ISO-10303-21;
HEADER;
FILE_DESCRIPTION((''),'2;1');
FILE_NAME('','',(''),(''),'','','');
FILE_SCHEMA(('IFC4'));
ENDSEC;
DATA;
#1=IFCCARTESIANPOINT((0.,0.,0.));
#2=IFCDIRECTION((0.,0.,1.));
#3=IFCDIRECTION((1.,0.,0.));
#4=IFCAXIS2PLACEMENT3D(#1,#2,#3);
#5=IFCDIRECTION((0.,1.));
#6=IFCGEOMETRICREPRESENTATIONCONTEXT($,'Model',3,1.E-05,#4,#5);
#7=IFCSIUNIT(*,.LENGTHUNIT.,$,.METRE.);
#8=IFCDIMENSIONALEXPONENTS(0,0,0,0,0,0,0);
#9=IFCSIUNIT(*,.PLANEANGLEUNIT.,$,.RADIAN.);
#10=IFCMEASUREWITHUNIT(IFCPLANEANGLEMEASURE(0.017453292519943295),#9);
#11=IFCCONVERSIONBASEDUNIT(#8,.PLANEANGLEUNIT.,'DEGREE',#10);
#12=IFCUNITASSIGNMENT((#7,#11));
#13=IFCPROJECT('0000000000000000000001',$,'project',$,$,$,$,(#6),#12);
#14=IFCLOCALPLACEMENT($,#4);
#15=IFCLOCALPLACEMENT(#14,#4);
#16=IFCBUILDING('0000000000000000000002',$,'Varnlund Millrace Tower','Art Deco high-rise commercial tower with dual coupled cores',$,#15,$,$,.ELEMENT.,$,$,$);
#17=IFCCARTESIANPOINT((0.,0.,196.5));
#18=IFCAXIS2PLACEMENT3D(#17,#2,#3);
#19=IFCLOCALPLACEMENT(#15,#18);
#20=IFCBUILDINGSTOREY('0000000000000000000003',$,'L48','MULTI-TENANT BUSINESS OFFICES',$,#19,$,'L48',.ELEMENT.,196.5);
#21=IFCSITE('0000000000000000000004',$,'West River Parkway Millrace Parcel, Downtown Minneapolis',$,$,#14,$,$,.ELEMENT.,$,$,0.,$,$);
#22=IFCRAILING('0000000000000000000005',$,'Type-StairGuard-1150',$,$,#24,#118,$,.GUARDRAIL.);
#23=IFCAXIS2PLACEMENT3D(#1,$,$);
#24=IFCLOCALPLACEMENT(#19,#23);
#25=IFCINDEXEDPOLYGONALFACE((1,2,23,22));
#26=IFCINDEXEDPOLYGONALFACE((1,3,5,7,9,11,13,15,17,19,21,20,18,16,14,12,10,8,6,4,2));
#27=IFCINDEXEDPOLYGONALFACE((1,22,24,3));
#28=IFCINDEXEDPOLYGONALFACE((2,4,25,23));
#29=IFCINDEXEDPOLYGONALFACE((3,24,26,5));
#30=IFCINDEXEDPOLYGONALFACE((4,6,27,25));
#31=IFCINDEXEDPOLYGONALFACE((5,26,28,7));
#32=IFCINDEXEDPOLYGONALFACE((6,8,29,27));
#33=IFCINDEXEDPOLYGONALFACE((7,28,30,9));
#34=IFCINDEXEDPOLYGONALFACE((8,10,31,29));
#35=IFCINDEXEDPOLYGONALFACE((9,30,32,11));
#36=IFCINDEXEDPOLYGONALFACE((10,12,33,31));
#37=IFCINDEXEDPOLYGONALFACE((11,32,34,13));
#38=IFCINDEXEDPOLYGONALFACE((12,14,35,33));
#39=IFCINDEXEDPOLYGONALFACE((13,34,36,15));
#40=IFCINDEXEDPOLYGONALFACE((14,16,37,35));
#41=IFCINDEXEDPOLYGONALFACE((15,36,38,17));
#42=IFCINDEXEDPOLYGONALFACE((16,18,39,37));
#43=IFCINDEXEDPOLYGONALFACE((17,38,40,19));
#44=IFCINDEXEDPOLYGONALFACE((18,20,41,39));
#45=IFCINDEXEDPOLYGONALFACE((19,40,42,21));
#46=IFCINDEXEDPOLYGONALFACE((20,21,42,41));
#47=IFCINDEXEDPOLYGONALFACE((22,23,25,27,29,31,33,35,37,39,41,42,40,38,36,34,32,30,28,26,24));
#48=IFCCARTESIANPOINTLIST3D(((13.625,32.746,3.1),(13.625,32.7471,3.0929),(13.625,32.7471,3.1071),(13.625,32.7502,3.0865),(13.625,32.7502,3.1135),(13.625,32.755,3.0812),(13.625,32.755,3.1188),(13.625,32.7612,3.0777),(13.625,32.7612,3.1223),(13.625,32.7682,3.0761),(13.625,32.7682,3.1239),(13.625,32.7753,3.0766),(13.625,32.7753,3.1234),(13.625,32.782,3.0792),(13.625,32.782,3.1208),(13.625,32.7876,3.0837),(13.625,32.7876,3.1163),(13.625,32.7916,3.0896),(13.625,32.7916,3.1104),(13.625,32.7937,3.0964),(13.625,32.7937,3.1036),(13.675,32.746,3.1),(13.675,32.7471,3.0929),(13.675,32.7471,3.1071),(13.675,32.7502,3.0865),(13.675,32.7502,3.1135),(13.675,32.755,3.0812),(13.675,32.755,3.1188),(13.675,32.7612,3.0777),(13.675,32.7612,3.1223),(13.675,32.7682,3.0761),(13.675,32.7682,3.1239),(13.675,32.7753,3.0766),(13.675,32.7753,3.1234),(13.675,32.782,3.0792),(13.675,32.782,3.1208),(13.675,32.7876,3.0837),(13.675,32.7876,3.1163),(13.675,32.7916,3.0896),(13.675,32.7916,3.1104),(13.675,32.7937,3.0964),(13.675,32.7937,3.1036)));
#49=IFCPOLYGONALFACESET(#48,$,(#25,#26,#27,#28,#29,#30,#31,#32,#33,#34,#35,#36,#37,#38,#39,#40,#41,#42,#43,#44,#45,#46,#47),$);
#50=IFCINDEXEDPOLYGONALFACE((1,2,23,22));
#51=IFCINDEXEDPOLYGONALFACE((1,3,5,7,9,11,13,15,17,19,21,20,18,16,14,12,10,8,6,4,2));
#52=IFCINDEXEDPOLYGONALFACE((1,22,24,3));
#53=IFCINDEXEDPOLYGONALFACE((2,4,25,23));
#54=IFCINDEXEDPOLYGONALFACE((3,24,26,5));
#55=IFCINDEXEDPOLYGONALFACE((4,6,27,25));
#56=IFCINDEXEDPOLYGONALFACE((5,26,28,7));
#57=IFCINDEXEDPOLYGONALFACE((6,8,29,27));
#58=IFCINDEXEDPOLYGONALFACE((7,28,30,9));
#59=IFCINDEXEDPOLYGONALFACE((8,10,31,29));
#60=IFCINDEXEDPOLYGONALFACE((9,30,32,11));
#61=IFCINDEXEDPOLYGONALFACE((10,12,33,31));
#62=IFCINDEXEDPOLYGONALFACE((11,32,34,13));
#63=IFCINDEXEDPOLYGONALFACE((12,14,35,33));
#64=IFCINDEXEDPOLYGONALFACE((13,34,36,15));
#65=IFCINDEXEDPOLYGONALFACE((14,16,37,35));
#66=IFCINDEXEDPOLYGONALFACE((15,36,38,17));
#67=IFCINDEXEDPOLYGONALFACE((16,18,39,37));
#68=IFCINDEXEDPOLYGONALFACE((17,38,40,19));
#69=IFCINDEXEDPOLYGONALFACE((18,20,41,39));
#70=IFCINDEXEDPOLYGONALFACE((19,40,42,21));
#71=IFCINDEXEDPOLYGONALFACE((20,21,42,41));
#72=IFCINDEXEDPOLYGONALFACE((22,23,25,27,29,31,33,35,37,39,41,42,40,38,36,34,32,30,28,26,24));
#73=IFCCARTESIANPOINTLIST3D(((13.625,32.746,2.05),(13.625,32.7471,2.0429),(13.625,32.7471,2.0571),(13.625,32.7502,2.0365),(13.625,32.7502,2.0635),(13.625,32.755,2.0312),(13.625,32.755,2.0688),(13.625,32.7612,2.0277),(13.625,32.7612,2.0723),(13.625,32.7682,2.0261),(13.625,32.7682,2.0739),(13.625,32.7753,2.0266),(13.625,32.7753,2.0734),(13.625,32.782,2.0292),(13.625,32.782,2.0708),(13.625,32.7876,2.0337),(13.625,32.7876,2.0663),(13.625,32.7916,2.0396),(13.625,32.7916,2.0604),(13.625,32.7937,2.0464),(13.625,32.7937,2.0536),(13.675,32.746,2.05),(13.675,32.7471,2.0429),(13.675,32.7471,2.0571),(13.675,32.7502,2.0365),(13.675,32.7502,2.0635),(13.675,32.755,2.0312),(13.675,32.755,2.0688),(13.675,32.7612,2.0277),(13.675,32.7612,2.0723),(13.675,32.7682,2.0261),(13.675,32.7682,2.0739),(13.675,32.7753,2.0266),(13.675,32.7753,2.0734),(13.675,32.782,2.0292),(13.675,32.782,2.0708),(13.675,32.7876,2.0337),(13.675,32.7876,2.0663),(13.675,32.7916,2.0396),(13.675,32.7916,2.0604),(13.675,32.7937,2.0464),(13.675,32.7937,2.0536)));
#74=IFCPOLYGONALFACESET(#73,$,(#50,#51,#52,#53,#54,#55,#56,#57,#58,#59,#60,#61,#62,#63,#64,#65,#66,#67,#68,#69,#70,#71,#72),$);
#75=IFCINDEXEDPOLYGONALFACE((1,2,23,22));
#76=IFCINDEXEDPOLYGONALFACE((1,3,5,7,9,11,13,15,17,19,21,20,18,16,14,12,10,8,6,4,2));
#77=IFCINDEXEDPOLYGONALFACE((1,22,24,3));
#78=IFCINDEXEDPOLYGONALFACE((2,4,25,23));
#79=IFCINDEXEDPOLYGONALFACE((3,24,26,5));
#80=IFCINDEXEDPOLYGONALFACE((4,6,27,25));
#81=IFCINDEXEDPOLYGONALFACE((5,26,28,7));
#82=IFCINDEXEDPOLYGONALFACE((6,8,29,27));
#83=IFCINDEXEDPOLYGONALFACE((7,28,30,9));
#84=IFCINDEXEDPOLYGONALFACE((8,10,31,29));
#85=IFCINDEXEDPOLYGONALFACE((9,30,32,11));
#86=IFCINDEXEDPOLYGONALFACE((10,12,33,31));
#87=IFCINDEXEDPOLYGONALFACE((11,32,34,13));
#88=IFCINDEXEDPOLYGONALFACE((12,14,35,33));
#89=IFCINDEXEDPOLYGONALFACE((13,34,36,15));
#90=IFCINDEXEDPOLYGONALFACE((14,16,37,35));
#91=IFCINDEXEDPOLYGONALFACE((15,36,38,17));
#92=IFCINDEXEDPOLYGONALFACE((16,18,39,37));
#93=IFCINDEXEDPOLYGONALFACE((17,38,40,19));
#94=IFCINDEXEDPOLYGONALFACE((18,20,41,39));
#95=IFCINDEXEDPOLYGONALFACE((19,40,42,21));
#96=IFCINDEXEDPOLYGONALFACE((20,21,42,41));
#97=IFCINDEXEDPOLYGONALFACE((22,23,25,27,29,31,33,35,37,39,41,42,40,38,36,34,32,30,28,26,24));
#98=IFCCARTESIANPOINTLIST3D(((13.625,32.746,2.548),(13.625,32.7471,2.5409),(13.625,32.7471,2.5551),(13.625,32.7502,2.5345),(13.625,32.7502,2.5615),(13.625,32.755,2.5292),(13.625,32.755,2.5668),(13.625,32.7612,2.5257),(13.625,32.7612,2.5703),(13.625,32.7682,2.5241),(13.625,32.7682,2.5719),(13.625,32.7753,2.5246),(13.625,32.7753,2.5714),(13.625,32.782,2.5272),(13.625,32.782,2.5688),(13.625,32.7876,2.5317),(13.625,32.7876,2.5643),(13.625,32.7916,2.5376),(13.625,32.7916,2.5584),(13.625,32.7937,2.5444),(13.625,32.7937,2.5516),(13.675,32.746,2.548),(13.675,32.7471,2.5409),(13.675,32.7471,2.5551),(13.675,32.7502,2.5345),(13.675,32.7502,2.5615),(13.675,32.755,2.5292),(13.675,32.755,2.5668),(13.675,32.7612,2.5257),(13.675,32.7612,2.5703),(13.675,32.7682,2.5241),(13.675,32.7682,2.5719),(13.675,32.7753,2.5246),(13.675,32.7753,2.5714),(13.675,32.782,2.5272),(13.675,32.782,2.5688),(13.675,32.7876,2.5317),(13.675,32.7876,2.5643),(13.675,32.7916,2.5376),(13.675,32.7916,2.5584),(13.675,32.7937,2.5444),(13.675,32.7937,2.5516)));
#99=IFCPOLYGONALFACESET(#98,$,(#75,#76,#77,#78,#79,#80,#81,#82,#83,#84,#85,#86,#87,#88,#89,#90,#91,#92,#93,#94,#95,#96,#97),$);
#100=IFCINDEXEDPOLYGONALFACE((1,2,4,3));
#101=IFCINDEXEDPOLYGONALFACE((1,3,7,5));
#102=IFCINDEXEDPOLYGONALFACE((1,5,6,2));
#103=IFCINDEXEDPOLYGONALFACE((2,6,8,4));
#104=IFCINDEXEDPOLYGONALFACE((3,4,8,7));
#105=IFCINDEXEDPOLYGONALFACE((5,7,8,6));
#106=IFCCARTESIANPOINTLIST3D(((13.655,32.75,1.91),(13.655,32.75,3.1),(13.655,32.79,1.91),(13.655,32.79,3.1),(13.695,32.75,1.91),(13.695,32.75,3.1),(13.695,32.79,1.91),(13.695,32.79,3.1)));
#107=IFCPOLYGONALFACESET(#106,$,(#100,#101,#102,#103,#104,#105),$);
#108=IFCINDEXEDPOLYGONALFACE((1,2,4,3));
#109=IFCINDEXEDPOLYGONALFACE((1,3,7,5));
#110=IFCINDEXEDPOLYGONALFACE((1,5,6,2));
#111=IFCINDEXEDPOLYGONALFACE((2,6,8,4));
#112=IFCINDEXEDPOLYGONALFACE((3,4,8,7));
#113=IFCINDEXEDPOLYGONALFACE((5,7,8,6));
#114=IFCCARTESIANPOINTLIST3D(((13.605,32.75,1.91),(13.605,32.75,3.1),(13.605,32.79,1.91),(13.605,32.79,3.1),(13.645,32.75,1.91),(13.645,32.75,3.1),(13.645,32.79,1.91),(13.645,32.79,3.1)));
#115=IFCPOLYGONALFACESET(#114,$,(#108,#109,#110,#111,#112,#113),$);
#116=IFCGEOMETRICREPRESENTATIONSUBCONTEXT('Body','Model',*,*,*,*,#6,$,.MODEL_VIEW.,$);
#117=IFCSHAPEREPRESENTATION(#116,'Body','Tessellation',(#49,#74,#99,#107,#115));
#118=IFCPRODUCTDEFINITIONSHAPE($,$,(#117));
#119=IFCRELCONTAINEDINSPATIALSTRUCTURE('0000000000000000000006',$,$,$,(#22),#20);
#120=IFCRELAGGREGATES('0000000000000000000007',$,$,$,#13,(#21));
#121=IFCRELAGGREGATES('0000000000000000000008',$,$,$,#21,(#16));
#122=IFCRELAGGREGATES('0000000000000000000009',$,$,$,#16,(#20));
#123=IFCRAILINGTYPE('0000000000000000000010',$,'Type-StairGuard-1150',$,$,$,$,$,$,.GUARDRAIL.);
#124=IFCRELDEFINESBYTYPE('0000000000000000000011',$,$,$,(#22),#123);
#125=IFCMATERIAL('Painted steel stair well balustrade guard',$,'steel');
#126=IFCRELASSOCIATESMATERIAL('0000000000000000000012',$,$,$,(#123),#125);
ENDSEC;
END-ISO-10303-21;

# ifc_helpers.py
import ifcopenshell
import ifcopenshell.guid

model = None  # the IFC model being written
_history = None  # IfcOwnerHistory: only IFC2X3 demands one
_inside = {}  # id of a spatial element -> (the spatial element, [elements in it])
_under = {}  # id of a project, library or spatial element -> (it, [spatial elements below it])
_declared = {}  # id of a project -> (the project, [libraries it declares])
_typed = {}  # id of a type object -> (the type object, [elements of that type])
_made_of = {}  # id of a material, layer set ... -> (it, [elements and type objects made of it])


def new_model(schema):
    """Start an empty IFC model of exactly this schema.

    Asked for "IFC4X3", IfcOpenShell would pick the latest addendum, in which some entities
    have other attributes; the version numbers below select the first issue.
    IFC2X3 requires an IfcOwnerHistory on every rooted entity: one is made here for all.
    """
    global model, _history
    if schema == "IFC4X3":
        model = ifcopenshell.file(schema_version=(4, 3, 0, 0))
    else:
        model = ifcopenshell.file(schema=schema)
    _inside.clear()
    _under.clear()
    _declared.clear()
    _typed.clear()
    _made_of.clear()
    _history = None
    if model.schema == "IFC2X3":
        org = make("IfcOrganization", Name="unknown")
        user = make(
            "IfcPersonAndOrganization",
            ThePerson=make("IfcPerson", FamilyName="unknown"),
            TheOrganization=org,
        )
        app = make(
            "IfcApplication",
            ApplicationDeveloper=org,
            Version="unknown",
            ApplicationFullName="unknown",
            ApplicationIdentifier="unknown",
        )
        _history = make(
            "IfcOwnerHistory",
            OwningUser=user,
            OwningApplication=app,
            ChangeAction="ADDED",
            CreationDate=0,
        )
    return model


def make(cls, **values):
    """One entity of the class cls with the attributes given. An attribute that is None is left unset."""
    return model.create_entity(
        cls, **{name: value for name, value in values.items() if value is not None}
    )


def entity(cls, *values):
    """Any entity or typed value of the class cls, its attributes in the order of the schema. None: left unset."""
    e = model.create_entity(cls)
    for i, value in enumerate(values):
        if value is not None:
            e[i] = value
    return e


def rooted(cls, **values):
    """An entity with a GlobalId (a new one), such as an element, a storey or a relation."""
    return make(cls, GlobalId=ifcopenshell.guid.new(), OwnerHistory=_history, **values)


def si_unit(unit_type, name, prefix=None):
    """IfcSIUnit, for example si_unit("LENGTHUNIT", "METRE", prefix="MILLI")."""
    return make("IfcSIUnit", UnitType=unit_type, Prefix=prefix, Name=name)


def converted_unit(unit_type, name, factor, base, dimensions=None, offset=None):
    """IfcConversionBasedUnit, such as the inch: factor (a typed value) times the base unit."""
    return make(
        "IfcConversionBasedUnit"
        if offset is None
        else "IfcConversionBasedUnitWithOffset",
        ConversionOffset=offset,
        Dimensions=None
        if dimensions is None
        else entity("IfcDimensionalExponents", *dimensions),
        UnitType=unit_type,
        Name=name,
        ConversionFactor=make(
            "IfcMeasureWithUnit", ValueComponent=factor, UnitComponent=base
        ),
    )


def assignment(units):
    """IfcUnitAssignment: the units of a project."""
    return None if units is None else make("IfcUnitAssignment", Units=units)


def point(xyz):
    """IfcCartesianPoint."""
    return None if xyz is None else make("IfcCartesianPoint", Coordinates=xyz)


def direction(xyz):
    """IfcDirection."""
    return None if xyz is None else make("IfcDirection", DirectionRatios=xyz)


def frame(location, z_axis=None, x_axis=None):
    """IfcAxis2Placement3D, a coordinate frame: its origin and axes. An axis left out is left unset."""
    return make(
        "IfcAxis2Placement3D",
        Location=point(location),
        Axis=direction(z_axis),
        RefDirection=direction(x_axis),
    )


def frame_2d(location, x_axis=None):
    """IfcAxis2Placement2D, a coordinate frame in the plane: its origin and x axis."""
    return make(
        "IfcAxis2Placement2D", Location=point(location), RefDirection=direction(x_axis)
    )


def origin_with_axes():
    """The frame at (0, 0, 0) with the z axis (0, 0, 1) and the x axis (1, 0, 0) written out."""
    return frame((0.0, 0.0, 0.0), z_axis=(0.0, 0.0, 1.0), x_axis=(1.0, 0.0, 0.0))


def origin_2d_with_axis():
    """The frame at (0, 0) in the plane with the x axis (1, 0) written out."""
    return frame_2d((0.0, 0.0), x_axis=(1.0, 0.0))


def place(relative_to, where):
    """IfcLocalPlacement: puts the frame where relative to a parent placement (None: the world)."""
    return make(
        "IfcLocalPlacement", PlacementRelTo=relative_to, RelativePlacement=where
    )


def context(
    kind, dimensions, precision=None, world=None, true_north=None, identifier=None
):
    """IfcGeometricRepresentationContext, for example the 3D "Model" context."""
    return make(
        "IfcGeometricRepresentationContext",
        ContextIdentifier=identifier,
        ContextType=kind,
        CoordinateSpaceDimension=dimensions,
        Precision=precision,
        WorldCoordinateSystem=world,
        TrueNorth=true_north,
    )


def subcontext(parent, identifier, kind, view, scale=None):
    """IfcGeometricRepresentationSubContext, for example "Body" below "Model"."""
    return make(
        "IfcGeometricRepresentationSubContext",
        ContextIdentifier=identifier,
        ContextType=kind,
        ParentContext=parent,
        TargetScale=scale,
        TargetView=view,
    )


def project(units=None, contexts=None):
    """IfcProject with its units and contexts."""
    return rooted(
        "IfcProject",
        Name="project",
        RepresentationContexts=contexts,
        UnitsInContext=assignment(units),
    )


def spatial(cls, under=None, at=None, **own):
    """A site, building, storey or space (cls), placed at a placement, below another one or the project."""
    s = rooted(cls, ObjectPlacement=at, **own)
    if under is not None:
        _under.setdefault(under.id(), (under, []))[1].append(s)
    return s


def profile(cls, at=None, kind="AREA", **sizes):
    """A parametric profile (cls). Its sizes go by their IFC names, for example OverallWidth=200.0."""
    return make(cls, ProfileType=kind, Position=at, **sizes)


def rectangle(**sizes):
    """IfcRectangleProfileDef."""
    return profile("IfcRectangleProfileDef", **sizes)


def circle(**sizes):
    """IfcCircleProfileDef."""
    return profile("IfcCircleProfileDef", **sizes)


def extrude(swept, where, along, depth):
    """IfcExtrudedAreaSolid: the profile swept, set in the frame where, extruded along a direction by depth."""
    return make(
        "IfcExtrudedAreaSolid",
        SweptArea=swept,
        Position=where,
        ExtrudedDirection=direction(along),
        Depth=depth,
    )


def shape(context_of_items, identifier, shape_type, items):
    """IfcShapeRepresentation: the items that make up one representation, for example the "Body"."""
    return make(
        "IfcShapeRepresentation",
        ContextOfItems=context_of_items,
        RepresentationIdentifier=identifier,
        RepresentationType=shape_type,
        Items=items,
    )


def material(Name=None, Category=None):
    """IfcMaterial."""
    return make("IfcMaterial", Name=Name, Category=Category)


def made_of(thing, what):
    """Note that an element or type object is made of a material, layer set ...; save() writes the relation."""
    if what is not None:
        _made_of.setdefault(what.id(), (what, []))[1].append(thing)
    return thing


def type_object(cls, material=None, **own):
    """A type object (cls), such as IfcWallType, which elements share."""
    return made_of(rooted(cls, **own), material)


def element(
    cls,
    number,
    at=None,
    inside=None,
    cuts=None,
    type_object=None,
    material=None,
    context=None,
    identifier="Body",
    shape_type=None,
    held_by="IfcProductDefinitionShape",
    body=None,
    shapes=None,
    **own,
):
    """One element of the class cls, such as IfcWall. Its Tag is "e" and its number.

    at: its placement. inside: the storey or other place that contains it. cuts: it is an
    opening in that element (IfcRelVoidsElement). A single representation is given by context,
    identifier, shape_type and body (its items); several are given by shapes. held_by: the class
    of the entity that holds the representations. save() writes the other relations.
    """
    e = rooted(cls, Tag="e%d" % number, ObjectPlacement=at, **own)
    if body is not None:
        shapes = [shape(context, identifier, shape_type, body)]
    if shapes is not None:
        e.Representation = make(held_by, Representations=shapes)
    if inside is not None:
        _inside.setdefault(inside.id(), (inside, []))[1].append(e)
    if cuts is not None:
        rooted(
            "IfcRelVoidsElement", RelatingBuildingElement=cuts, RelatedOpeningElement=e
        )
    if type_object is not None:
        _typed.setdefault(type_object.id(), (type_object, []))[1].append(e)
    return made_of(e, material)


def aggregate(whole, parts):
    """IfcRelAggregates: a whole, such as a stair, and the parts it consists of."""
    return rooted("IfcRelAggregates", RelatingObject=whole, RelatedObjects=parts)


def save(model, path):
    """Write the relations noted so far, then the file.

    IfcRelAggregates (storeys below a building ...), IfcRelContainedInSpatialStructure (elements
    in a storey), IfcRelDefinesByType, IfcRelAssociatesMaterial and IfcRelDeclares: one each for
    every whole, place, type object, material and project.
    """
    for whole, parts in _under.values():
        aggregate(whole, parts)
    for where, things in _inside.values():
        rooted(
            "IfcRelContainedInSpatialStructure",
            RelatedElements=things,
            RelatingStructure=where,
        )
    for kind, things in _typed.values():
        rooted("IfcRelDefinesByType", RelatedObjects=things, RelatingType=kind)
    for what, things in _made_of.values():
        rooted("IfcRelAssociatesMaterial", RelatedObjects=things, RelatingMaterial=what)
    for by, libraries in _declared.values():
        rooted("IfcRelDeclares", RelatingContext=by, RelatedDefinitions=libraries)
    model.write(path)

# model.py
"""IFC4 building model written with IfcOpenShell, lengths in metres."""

from ifc_helpers import new_model, entity, si_unit, converted_unit, direction, frame, origin_with_axes, origin_2d_with_axis, place, context, subcontext, project, spatial, rectangle, circle, extrude, material, type_object, element, save


model = new_model("IFC4")

# Units and contexts
model_context = context("Model", 3, precision=1e-05, world=origin_with_axes(), true_north=direction((0.0, 1.0)))
body_context = subcontext(model_context, "Body", "Model", "MODEL_VIEW")
ifc_project = project(units=[si_unit("LENGTHUNIT", "METRE"), converted_unit("PLANEANGLEUNIT", "DEGREE", entity("IfcPlaneAngleMeasure", 0.017453292519943295), si_unit("PLANEANGLEUNIT", "RADIAN"), dimensions=[0, 0, 0, 0, 0, 0, 0])], contexts=[model_context])

# Site, building, storey
site_placement = place(None, origin_with_axes())
site = spatial("IfcSite", under=ifc_project, at=site_placement, Name="West River Parkway Millrace Parcel, Downtown Minneapolis", CompositionType="ELEMENT", RefElevation=0.0)
building_placement = place(site_placement, origin_with_axes())
building = spatial("IfcBuilding", under=site, at=building_placement, Name="Varnlund Millrace Tower", Description="Art Deco high-rise commercial tower with dual coupled cores", CompositionType="ELEMENT")
storey_placement = place(building_placement, frame((0.0, 0.0, 196.5), z_axis=(0.0, 0.0, 1.0), x_axis=(1.0, 0.0, 0.0)))
storey = spatial("IfcBuildingStorey", under=building, at=storey_placement, Name="L48", Description="MULTI-TENANT BUSINESS OFFICES", LongName="L48", CompositionType="ELEMENT", Elevation=196.5)

# Railing
ifc_material_1 = material(Name="Painted steel stair well balustrade guard", Category="steel")
railing_type_1 = type_object("IfcRailingType", Name="Type-StairGuard-1150", PredefinedType="GUARDRAIL", material=ifc_material_1)
railing_1_placement = place(storey_placement, frame((0.0, 0.0, -196.5), z_axis=(0.0, 0.0, 1.0), x_axis=(1.0, 0.0, 0.0)))
element("IfcRailing", 1, at=railing_1_placement, inside=storey, type_object=railing_type_1, Name="Type-StairGuard-1150", PredefinedType="GUARDRAIL", context=body_context, shape_type="SweptSolid", body=[
    extrude(circle(Radius=0.024, at=origin_2d_with_axis()), frame((13.675, 32.77, 199.6), z_axis=(-1.0, 0.0, 0.0), x_axis=(0.0, -1.0, 0.0)), (0.0, 0.0, 1.0), 0.05),
    extrude(circle(Radius=0.024, at=origin_2d_with_axis()), frame((13.675, 32.77, 198.55), z_axis=(-1.0, 0.0, 0.0), x_axis=(0.0, -1.0, 0.0)), (0.0, 0.0, 1.0), 0.05),
    extrude(circle(Radius=0.024, at=origin_2d_with_axis()), frame((13.675, 32.77, 199.048), z_axis=(-1.0, 0.0, 0.0), x_axis=(0.0, -1.0, 0.0)), (0.0, 0.0, 1.0), 0.05),
    extrude(rectangle(XDim=0.04, YDim=0.04, at=origin_2d_with_axis()), frame((13.675, 32.77, 198.41), z_axis=(0.0, 0.0, 1.0), x_axis=(1.0, 0.0, 0.0)), (0.0, 0.0, 1.0), 1.19),
    extrude(rectangle(XDim=0.04, YDim=0.04, at=origin_2d_with_axis()), frame((13.625, 32.77, 198.41), z_axis=(0.0, 0.0, 1.0), x_axis=(1.0, 0.0, 0.0)), (0.0, 0.0, 1.0), 1.19),
])

save(model, "model.ifc")
